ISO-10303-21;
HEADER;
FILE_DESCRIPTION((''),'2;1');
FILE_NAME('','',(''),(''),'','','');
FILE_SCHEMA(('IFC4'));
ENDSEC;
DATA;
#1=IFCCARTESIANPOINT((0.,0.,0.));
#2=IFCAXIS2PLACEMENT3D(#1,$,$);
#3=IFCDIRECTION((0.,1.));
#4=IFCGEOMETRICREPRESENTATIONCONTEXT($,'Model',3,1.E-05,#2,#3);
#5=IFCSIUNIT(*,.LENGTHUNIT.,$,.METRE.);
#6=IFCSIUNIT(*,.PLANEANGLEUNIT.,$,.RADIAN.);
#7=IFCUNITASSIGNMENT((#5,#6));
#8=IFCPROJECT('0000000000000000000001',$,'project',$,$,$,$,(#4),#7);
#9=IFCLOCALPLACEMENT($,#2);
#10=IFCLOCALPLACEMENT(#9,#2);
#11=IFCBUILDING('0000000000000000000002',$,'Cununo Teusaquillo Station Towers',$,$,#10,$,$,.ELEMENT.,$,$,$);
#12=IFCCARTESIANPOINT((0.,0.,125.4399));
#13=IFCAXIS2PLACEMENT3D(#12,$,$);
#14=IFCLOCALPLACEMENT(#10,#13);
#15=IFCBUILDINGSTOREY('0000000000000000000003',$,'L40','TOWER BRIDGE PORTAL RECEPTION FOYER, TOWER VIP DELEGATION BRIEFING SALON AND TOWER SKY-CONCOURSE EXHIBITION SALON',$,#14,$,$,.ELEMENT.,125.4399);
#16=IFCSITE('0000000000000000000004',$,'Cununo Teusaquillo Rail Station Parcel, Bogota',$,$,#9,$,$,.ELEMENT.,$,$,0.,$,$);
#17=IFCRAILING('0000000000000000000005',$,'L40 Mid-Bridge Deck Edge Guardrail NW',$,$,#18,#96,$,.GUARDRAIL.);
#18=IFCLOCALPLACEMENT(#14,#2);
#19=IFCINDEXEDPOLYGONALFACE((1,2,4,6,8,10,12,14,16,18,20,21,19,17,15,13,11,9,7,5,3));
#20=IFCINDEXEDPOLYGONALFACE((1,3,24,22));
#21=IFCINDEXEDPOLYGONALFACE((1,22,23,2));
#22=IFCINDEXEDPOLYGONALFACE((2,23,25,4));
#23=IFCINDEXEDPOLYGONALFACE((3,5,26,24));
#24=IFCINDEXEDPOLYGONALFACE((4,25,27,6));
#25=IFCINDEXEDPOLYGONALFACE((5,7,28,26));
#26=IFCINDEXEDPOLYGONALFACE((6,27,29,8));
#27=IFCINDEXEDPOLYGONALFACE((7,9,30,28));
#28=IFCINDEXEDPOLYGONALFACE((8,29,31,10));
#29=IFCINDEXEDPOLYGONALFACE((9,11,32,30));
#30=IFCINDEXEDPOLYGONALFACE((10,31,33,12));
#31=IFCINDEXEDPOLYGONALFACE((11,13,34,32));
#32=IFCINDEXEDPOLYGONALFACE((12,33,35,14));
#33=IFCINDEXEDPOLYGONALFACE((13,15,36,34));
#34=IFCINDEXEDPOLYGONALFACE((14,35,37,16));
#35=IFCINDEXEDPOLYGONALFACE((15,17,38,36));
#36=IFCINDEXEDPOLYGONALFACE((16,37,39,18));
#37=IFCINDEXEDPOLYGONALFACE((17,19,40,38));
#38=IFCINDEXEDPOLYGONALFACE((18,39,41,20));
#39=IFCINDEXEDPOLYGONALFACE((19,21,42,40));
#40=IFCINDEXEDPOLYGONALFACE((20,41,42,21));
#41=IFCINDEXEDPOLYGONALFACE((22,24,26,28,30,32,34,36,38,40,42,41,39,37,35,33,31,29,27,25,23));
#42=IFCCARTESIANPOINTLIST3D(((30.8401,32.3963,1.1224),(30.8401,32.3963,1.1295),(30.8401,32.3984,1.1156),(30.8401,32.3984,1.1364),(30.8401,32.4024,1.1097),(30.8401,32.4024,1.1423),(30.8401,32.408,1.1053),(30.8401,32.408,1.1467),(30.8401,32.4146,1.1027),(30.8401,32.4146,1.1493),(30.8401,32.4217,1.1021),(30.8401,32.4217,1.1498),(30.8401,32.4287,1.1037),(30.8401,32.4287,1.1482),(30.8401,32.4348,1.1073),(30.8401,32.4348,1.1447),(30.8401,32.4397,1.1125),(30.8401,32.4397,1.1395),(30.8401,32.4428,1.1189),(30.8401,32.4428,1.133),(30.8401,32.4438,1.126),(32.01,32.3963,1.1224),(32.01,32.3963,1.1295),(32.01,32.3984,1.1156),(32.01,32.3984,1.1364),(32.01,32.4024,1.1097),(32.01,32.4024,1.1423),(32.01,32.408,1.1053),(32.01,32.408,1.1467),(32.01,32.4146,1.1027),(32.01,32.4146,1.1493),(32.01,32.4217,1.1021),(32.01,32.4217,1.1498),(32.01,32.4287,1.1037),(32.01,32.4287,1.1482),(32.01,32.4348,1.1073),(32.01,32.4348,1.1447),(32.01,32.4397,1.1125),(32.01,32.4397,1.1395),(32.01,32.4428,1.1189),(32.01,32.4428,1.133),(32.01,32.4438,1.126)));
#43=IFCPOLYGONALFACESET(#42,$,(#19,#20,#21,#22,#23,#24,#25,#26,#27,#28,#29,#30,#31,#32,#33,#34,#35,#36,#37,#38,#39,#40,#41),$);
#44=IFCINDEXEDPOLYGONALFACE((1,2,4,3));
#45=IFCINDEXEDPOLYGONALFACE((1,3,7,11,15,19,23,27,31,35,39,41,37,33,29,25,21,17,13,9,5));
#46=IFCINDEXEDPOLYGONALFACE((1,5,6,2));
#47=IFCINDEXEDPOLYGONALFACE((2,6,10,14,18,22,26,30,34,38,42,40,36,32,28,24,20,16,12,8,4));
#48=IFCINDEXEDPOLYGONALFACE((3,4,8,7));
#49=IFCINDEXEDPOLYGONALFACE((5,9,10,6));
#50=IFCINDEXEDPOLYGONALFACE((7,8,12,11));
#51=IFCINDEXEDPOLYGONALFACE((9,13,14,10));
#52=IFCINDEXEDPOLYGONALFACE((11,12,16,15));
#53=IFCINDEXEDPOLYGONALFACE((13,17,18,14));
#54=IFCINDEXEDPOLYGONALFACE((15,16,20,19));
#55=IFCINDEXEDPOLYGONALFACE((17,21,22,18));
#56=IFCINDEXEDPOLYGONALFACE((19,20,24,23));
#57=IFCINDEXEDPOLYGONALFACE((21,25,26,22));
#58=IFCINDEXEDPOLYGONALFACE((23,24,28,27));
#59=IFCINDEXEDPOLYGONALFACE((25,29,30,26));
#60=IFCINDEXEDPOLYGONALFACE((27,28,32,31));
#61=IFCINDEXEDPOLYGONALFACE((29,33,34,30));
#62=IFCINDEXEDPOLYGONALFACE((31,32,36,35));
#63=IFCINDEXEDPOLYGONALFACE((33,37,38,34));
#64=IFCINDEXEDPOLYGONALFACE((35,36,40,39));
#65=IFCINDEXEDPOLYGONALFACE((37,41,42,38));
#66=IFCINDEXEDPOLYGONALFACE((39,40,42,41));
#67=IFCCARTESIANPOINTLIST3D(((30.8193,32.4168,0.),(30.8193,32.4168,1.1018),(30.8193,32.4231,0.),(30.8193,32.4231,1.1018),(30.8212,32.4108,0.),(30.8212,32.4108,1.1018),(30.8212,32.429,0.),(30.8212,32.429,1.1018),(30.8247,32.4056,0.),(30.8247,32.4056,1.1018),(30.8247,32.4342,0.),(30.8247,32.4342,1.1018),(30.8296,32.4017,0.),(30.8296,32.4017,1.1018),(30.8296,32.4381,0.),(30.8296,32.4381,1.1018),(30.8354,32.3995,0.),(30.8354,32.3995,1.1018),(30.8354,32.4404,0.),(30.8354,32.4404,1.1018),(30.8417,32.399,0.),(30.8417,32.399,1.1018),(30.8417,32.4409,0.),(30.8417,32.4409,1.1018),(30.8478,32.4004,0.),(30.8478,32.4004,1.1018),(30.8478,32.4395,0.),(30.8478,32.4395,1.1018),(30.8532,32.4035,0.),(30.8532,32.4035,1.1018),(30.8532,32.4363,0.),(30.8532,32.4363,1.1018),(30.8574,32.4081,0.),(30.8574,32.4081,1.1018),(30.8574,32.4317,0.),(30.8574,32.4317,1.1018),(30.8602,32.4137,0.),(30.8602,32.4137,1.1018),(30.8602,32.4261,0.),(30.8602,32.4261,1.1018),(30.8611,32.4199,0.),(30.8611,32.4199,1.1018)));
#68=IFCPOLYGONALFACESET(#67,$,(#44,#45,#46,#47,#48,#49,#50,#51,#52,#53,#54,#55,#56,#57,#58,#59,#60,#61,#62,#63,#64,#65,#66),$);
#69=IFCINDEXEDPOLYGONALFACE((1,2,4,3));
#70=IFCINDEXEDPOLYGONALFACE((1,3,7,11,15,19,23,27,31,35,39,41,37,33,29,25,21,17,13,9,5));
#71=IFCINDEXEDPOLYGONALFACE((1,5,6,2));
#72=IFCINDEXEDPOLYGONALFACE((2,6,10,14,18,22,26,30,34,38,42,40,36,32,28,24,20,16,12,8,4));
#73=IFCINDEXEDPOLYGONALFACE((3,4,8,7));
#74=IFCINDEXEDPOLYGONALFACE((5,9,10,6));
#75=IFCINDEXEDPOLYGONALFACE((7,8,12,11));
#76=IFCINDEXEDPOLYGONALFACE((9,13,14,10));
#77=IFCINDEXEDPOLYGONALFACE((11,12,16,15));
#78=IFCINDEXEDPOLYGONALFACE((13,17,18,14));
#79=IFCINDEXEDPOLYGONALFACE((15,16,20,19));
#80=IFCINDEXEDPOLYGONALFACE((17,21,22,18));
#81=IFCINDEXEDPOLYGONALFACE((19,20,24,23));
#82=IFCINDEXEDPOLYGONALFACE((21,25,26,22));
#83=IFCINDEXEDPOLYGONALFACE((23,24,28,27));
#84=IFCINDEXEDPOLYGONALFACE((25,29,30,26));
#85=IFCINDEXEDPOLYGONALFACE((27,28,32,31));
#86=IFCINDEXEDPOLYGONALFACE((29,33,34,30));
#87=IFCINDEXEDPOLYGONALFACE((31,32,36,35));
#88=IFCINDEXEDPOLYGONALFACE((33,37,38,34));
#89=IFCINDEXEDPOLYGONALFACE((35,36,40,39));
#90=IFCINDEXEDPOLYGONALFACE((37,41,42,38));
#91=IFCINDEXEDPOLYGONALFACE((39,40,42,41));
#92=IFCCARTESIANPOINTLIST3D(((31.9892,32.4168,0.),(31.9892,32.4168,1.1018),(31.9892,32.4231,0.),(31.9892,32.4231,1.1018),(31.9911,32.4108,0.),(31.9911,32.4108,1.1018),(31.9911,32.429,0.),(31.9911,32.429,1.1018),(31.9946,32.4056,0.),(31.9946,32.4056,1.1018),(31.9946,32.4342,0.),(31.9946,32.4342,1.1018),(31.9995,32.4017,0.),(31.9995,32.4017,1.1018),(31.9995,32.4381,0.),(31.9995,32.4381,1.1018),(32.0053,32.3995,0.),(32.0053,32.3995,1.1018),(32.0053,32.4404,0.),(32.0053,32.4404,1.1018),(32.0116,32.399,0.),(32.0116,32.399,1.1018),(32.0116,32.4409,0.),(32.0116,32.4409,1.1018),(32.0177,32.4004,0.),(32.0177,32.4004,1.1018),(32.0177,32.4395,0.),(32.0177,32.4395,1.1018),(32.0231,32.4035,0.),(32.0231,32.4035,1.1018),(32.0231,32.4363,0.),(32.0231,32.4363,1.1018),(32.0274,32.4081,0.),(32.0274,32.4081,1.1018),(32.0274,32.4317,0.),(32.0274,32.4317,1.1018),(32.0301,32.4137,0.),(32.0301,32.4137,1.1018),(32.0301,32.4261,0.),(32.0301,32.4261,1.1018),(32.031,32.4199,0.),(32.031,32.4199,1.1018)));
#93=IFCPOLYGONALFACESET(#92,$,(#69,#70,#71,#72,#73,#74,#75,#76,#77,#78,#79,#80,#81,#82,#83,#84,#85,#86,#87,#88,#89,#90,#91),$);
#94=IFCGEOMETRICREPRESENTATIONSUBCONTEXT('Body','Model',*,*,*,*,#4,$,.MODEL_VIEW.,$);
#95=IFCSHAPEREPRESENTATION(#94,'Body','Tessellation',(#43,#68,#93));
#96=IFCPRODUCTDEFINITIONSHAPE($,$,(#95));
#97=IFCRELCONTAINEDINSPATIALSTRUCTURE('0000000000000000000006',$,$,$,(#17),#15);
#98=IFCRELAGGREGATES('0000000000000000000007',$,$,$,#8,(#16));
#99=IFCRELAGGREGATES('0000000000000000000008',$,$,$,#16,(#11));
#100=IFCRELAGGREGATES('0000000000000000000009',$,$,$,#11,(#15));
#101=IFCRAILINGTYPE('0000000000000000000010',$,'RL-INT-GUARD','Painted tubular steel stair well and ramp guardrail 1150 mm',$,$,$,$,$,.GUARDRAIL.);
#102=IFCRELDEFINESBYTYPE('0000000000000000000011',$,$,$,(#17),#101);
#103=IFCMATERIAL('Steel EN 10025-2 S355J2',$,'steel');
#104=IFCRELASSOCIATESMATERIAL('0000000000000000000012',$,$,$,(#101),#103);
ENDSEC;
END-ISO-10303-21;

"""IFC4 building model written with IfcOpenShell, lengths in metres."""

from ifc_helpers import new_model, si_unit, direction, frame, origin, origin_2d, place, context, subcontext, project, spatial, circle, extrude, material, type_object, element, save


model = new_model("IFC4")

# Units and contexts
model_context = context("Model", 3, precision=1e-05, world=origin(), true_north=direction((0.0, 1.0)))
body_context = subcontext(model_context, "Body", "Model", "MODEL_VIEW")
ifc_project = project(units=[si_unit("LENGTHUNIT", "METRE"), si_unit("PLANEANGLEUNIT", "RADIAN")], contexts=[model_context])

# Site, building, storey
site_placement = place(None, origin())
site = spatial("IfcSite", under=ifc_project, at=site_placement, Name="Cununo Teusaquillo Rail Station Parcel, Bogota", CompositionType="ELEMENT", RefElevation=0.0)
building_placement = place(site_placement, origin())
building = spatial("IfcBuilding", under=site, at=building_placement, Name="Cununo Teusaquillo Station Towers", CompositionType="ELEMENT")
storey_placement = place(building_placement, frame((0.0, 0.0, 125.4399)))
storey = spatial("IfcBuildingStorey", under=building, at=storey_placement, Name="L40", Description="TOWER BRIDGE PORTAL RECEPTION FOYER, TOWER VIP DELEGATION BRIEFING SALON AND TOWER SKY-CONCOURSE EXHIBITION SALON", CompositionType="ELEMENT", Elevation=125.4399)

# Railing
ifc_material_1 = material(Name="Steel EN 10025-2 S355J2", Category="steel")
railing_type = type_object("IfcRailingType", Name="RL-INT-GUARD", Description="Painted tubular steel stair well and ramp guardrail 1150 mm", PredefinedType="GUARDRAIL", material=ifc_material_1)
railing_placement = place(storey_placement, frame((30.8401, 32.4199, 0.0)))
element("IfcRailing", 1, at=railing_placement, inside=storey, type_object=railing_type, Name="L40 Mid-Bridge Deck Edge Guardrail NW", PredefinedType="GUARDRAIL", context=body_context, shape_type="SweptSolid", body=[
    extrude(circle(Radius=0.0239, at=origin_2d()), frame((0.0, 0.0, 1.126), z_axis=(1.0, 0.0, 0.0), x_axis=(0.0, 1.0, 0.0)), (0.0, 0.0, 1.0), 1.1699),
    extrude(circle(Radius=0.021, at=origin_2d()), origin(), (0.0, 0.0, 1.0), 1.1018),
    extrude(circle(Radius=0.021, at=origin_2d()), frame((1.1699, 0.0, 0.0)), (0.0, 0.0, 1.0), 1.1018),
])

save(model, "model.ifc")
